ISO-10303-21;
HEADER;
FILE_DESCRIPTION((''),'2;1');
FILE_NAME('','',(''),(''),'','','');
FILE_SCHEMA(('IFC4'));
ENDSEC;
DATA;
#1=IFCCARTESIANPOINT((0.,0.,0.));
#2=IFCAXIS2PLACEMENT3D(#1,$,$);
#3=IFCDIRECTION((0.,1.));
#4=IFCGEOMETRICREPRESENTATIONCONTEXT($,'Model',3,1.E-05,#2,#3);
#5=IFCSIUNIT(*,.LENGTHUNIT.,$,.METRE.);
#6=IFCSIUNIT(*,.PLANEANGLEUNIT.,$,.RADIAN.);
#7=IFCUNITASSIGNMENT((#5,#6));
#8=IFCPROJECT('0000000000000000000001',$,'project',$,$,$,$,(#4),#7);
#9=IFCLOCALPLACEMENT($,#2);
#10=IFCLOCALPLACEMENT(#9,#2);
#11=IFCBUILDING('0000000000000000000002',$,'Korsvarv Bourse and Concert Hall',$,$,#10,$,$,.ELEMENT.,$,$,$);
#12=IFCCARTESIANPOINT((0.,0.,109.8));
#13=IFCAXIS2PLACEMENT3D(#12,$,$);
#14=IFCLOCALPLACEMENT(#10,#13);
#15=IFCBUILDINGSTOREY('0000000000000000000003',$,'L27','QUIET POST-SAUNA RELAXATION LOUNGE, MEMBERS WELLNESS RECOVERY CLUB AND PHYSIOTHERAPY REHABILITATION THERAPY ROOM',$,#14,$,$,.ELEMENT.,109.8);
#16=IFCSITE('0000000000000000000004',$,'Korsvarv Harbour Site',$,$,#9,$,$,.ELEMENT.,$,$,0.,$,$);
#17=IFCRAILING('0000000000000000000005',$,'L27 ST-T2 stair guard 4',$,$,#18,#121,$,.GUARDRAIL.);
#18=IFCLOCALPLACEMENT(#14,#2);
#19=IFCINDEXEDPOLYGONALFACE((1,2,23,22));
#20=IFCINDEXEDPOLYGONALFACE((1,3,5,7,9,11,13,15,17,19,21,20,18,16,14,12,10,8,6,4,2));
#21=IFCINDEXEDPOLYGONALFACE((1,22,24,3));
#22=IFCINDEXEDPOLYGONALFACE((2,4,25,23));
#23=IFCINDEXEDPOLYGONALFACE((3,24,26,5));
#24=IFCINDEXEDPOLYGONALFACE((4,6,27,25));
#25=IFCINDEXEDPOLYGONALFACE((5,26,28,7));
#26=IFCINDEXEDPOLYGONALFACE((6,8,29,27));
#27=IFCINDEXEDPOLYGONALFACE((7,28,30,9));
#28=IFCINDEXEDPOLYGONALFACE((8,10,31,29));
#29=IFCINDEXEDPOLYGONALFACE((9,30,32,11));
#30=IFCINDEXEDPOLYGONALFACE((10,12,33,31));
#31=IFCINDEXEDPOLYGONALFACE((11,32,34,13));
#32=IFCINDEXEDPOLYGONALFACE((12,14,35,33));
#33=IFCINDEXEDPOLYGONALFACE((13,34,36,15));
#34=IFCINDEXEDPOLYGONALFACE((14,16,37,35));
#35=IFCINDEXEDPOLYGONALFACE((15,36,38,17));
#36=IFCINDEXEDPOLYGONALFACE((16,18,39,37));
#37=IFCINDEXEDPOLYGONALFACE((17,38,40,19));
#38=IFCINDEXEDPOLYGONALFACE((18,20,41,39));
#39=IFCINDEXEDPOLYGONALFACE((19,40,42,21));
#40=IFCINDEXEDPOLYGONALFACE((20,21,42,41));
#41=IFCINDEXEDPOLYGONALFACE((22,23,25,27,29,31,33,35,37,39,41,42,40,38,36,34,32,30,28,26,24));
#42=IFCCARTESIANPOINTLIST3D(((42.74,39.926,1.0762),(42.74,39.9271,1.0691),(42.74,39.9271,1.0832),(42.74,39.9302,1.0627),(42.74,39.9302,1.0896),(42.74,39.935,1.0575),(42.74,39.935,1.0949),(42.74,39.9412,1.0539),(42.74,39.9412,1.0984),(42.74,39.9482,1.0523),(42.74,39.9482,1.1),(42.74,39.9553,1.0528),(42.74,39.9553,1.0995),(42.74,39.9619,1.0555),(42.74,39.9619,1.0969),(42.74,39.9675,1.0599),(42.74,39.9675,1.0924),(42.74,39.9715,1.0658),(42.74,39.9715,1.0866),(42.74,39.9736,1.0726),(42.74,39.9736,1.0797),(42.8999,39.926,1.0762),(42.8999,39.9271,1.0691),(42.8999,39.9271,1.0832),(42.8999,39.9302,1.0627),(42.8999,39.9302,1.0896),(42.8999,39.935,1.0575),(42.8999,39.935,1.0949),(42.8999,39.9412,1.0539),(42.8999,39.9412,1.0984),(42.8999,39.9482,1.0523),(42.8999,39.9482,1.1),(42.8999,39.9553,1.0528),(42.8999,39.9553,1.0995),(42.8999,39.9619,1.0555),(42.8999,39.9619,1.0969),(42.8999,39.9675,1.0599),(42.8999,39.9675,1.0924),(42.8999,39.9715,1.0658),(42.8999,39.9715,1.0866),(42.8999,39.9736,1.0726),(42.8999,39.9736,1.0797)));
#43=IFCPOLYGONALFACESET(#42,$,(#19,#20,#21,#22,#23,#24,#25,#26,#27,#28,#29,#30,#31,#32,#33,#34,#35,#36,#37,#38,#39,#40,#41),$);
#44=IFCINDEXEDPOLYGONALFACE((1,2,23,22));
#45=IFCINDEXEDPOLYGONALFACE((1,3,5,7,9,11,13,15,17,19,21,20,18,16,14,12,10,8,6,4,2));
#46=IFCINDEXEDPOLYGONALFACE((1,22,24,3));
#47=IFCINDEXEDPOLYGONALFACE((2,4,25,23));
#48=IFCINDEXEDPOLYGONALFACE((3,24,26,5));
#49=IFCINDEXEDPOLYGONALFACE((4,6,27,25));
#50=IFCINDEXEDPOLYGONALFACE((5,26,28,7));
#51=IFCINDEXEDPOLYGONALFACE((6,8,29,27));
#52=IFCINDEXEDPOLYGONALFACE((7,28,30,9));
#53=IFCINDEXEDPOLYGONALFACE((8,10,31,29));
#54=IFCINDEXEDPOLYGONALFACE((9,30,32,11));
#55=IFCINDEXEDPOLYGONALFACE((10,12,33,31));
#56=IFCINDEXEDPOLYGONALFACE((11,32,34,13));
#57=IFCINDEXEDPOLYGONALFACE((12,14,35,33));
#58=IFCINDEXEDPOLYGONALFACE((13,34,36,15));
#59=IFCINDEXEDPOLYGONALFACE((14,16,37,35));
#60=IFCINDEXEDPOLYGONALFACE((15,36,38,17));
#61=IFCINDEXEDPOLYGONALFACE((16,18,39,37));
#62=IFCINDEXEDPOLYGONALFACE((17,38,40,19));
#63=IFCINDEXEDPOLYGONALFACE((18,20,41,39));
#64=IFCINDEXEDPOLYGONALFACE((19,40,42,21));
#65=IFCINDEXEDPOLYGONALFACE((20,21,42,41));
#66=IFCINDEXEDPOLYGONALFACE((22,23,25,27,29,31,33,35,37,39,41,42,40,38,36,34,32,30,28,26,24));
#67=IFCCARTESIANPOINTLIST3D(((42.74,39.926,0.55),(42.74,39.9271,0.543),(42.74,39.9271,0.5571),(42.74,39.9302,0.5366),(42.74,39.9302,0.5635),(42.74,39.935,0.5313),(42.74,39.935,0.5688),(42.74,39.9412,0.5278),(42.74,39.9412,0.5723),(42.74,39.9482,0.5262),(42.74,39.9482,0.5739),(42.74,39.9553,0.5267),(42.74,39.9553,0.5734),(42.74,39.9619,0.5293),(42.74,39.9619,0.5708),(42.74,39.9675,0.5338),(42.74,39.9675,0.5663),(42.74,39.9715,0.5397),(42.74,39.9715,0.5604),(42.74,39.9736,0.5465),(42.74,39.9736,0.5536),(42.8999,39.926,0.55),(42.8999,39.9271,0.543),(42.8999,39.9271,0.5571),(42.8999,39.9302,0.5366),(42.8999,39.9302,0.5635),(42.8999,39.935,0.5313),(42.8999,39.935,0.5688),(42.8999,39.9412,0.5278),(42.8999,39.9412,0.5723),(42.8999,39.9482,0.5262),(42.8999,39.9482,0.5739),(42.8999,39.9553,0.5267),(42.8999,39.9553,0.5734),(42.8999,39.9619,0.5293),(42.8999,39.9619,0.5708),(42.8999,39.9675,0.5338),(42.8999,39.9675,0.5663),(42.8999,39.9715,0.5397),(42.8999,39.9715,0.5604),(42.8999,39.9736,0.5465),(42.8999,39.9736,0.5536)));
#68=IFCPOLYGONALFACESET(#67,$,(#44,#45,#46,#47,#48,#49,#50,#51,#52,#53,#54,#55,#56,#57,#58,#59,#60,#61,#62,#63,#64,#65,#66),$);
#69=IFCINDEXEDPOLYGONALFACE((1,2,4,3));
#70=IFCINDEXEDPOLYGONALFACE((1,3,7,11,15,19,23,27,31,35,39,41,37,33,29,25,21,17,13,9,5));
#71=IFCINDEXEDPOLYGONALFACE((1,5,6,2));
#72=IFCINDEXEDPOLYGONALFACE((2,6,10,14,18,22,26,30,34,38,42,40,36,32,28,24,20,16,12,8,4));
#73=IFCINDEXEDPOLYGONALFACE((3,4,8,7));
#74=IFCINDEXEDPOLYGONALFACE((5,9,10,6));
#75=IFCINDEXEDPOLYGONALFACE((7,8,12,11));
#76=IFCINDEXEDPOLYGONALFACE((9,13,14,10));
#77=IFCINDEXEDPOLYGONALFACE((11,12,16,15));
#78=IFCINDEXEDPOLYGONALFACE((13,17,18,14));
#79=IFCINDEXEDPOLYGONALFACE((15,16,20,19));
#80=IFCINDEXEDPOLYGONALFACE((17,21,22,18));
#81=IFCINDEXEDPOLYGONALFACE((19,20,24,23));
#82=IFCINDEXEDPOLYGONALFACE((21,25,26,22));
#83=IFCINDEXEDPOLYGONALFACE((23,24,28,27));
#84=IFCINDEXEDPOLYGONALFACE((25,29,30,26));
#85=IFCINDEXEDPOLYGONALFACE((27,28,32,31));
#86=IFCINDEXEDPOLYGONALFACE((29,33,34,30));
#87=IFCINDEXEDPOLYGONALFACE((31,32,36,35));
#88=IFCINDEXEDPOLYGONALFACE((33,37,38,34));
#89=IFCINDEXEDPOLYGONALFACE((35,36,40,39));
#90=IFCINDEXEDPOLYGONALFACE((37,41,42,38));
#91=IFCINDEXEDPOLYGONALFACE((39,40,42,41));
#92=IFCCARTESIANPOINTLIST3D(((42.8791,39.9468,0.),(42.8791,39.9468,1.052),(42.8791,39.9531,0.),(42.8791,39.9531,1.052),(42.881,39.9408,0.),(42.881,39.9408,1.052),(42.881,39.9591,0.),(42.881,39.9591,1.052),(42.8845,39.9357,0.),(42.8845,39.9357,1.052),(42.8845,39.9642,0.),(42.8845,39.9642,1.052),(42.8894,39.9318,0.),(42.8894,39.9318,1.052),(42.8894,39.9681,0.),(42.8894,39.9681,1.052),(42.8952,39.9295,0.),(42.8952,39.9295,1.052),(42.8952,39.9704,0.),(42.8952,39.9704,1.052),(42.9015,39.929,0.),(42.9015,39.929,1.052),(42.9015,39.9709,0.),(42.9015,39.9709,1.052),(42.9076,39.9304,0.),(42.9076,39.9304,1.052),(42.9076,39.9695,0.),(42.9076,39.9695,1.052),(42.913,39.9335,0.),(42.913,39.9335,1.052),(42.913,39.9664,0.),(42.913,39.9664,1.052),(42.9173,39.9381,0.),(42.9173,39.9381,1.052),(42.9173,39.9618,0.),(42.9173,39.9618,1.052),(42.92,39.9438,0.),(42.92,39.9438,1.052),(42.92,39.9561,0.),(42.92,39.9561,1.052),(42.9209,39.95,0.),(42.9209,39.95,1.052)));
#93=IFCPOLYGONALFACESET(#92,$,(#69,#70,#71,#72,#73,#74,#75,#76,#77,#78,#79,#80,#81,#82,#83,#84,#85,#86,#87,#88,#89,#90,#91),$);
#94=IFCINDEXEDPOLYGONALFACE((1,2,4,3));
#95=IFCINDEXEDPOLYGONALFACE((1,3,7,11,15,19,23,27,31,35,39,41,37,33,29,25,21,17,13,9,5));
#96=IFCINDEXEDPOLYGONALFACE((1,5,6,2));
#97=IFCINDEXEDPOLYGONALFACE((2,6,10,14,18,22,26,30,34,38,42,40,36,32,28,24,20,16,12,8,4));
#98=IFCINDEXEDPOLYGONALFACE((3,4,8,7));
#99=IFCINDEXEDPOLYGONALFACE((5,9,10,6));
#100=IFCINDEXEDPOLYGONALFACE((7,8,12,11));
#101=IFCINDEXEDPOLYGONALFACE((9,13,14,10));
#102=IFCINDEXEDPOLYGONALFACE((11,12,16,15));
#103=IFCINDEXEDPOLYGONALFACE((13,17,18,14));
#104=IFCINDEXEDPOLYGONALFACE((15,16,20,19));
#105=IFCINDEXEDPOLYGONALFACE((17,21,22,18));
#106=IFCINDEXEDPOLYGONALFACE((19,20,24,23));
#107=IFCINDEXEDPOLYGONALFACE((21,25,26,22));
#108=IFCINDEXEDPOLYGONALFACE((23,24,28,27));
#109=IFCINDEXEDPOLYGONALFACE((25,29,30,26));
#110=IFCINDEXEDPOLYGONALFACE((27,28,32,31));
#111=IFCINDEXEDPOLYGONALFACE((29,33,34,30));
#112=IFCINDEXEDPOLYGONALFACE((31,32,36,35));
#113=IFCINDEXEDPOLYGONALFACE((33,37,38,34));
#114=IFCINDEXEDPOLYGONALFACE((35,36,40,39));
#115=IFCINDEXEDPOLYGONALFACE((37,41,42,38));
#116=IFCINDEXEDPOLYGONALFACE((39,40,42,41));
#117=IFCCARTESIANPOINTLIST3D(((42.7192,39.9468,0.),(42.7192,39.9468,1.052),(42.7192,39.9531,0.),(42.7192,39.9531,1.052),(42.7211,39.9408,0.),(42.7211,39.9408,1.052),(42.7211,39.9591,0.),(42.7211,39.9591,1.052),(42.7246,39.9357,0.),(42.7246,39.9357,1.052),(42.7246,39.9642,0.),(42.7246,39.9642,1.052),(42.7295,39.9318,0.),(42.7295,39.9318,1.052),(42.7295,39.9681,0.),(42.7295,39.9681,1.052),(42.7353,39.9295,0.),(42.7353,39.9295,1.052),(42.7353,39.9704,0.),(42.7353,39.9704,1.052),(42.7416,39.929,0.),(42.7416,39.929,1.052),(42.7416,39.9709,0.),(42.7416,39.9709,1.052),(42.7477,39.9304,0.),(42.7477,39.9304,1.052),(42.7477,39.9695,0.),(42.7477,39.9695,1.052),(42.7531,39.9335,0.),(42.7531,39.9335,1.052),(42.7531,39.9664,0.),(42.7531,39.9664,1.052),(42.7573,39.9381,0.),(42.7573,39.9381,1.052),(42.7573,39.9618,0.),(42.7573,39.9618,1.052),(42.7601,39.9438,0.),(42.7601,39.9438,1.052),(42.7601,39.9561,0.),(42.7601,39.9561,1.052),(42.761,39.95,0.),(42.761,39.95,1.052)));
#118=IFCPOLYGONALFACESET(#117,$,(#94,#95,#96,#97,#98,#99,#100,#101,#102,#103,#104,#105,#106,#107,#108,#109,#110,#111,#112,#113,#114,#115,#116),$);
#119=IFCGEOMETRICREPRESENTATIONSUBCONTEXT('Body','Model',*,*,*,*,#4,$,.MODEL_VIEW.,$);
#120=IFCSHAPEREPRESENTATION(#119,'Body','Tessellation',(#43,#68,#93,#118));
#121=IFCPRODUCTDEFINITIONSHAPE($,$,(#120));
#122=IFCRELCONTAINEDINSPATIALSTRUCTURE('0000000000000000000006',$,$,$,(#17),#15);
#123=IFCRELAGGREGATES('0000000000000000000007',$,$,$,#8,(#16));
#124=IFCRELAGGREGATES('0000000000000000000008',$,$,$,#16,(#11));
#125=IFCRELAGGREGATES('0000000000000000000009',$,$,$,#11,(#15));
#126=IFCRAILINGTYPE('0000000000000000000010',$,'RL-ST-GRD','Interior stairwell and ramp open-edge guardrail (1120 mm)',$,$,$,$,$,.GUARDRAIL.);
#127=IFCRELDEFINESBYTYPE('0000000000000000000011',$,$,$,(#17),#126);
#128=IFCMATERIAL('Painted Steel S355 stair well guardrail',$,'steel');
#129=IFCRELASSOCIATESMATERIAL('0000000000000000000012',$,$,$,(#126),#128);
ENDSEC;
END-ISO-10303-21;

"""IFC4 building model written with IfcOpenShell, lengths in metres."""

from ifc_helpers import new_model, si_unit, direction, frame, origin, origin_2d, place, context, subcontext, project, spatial, circle, extrude, material, type_object, element, save


model = new_model("IFC4")

# Units and contexts
model_context = context("Model", 3, precision=1e-05, world=origin(), true_north=direction((0.0, 1.0)))
body_context = subcontext(model_context, "Body", "Model", "MODEL_VIEW")
ifc_project = project(units=[si_unit("LENGTHUNIT", "METRE"), si_unit("PLANEANGLEUNIT", "RADIAN")], contexts=[model_context])

# Site, building, storey
site_placement = place(None, origin())
site = spatial("IfcSite", under=ifc_project, at=site_placement, Name="Korsvarv Harbour Site", CompositionType="ELEMENT", RefElevation=0.0)
building_placement = place(site_placement, origin())
building = spatial("IfcBuilding", under=site, at=building_placement, Name="Korsvarv Bourse and Concert Hall", CompositionType="ELEMENT")
storey_placement = place(building_placement, frame((0.0, 0.0, 109.8)))
storey = spatial("IfcBuildingStorey", under=building, at=storey_placement, Name="L27", Description="QUIET POST-SAUNA RELAXATION LOUNGE, MEMBERS WELLNESS RECOVERY CLUB AND PHYSIOTHERAPY REHABILITATION THERAPY ROOM", CompositionType="ELEMENT", Elevation=109.8)

# Railing
ifc_material_1 = material(Name="Painted Steel S355 stair well guardrail", Category="steel")
railing_type_1 = type_object("IfcRailingType", Name="RL-ST-GRD", Description="Interior stairwell and ramp open-edge guardrail (1120 mm)", PredefinedType="GUARDRAIL", material=ifc_material_1)
railing_1_placement = place(storey_placement, frame((42.8999, 39.95, 0.0)))
element("IfcRailing", 1, at=railing_1_placement, inside=storey, type_object=railing_type_1, Name="L27 ST-T2 stair guard 4", PredefinedType="GUARDRAIL", context=body_context, shape_type="SweptSolid", body=[
    extrude(circle(Radius=0.0239, at=origin_2d()), frame((0.0, 0.0, 1.0762), z_axis=(-1.0, 0.0, 0.0), x_axis=(0.0, -1.0, 0.0)), (0.0, 0.0, 1.0), 0.1599),
    extrude(circle(Radius=0.0239, at=origin_2d()), frame((0.0, 0.0, 0.55), z_axis=(-1.0, 0.0, 0.0), x_axis=(0.0, -1.0, 0.0)), (0.0, 0.0, 1.0), 0.1599),
    extrude(circle(Radius=0.021, at=origin_2d()), origin(), (0.0, 0.0, 1.0), 1.052),
    extrude(circle(Radius=0.021, at=origin_2d()), frame((-0.1599, 0.0, 0.0)), (0.0, 0.0, 1.0), 1.052),
])

save(model, "model.ifc")
